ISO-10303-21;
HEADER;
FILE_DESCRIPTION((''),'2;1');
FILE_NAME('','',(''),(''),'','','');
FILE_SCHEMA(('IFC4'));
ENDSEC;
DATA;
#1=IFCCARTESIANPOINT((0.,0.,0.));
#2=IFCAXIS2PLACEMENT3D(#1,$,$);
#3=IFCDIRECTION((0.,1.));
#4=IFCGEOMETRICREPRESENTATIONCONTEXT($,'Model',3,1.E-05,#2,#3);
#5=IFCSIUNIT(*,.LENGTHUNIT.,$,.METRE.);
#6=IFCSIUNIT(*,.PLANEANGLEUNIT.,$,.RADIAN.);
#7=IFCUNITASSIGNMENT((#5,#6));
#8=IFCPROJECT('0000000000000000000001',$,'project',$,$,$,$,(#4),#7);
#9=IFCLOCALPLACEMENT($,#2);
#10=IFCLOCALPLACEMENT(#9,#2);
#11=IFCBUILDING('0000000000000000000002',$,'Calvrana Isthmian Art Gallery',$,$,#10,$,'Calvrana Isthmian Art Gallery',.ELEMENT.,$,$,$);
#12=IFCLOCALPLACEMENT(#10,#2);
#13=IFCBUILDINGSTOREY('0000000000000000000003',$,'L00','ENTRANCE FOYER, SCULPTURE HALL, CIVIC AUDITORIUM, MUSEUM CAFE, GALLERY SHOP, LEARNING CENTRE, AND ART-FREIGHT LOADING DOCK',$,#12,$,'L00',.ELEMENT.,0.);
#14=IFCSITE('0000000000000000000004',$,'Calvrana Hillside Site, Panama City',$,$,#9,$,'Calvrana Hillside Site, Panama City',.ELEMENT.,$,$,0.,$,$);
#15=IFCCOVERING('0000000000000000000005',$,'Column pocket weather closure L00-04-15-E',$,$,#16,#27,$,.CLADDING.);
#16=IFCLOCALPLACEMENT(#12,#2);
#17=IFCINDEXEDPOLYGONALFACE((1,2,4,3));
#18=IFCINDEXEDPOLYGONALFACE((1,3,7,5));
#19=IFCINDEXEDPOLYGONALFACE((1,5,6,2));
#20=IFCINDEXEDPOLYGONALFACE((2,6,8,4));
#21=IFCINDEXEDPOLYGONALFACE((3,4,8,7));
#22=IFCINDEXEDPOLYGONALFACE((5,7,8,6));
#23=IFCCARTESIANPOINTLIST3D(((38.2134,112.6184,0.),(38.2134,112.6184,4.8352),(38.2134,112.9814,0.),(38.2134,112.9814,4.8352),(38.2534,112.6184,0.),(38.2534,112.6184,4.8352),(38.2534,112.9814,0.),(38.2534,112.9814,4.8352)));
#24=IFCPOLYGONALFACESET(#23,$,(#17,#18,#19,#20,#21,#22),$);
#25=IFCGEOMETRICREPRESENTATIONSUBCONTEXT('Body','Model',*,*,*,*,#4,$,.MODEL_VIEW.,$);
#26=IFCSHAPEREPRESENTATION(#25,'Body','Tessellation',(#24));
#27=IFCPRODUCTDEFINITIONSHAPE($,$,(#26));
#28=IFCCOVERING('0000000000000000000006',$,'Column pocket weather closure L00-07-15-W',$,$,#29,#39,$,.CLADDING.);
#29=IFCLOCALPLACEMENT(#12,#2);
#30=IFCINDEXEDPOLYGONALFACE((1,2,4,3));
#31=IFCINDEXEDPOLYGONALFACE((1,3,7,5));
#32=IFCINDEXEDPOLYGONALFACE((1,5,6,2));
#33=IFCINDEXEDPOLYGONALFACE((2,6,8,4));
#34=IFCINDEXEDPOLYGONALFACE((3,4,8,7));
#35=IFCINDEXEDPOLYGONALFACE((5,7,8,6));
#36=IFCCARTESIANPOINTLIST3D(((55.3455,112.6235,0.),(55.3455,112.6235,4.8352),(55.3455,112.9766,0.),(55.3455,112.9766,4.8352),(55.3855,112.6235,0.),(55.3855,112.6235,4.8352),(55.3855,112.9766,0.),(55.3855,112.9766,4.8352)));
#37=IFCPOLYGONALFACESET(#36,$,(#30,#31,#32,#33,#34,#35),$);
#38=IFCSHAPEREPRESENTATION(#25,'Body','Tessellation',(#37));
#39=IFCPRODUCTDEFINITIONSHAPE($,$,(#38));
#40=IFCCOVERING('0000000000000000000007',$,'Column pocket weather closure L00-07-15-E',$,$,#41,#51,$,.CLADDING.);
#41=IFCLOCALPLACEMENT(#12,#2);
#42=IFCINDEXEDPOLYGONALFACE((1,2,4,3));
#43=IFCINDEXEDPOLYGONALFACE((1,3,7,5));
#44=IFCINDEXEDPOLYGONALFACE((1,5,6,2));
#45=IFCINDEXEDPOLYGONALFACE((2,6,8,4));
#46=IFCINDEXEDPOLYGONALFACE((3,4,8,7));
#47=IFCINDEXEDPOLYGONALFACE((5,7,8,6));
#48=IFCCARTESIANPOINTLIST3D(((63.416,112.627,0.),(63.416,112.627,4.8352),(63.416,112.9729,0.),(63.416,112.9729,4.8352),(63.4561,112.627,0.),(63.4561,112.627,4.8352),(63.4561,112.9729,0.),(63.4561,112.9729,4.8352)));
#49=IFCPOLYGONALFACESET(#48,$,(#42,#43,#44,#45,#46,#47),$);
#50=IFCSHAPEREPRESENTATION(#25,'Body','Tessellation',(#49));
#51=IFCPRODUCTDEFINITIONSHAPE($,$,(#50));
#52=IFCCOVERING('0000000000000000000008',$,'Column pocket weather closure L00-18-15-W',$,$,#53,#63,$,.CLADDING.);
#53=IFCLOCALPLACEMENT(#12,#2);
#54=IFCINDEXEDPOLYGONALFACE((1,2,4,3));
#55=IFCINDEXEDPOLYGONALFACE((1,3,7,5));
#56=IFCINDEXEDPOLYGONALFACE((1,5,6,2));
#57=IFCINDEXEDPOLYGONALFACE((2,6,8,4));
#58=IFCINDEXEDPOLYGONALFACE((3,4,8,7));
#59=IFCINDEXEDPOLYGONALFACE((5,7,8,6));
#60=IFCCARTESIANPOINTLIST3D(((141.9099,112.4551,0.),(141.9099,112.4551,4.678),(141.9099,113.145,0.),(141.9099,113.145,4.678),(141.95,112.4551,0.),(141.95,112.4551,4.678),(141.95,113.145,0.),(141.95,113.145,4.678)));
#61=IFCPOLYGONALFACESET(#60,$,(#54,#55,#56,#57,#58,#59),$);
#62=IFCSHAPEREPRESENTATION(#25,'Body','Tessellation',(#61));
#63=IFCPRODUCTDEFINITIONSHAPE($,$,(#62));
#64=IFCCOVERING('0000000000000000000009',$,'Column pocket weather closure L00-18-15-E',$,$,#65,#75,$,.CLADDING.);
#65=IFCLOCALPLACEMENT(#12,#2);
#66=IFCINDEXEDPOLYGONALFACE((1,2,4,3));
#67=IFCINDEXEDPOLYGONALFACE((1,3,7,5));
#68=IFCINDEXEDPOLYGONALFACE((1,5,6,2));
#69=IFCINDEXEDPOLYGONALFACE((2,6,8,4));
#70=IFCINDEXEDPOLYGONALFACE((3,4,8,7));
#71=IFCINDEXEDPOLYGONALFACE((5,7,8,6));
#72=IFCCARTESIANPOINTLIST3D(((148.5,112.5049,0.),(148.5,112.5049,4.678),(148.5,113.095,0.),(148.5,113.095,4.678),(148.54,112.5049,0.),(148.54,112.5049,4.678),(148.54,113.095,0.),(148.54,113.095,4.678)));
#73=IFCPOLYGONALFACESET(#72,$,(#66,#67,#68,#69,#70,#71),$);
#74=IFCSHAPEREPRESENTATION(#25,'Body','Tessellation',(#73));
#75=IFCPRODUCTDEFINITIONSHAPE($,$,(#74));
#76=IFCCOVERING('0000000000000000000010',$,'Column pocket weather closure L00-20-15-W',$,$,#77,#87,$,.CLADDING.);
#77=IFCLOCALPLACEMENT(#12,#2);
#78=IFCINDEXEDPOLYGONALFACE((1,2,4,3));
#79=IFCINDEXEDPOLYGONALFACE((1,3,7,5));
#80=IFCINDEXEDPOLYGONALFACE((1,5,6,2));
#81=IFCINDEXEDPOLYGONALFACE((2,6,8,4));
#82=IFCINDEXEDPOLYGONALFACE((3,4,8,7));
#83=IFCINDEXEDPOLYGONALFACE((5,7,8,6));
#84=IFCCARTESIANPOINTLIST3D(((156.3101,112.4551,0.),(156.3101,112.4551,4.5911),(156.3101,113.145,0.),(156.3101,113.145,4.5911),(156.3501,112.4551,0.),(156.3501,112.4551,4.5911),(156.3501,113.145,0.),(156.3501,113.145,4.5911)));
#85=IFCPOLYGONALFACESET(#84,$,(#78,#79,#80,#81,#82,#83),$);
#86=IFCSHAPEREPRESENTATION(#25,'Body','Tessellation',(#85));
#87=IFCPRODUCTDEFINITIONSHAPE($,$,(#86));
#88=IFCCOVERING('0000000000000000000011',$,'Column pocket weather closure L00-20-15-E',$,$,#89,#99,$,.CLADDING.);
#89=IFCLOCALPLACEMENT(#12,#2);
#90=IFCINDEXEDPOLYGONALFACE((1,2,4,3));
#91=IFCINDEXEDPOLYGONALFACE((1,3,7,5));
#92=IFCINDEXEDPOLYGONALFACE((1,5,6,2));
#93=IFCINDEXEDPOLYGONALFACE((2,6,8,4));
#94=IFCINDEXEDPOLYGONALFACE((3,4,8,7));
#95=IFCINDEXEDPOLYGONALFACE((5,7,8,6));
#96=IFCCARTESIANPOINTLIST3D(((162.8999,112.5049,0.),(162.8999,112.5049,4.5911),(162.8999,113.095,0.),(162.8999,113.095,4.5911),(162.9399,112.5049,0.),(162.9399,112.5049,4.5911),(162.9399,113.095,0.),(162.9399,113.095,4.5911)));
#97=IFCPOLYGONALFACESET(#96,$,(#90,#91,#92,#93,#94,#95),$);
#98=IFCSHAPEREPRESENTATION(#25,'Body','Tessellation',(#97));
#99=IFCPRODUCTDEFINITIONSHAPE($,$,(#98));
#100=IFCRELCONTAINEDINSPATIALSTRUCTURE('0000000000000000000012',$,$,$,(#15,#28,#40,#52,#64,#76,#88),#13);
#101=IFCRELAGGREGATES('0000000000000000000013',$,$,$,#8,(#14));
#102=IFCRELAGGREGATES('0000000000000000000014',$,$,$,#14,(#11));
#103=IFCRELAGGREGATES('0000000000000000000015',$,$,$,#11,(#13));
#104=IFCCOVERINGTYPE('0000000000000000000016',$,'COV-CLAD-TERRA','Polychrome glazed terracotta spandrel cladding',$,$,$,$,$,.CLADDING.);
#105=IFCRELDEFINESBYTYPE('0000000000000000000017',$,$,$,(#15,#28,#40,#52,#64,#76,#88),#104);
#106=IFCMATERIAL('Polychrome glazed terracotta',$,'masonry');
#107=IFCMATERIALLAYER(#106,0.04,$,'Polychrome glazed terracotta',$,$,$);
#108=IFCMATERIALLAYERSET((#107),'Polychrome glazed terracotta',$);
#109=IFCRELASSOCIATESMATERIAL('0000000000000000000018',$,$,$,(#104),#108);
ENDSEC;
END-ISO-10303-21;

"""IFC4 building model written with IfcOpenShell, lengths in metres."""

from ifc_helpers import new_model, si_unit, direction, origin, place, context, subcontext, project, spatial, polyline, outline, extrude, material, layer, layer_set, type_object, element, save


model = new_model("IFC4")

# Units and contexts
model_context = context("Model", 3, precision=1e-05, world=origin(), true_north=direction((0.0, 1.0)))
body_context = subcontext(model_context, "Body", "Model", "MODEL_VIEW")
ifc_project = project(units=[si_unit("LENGTHUNIT", "METRE"), si_unit("PLANEANGLEUNIT", "RADIAN")], contexts=[model_context])

# Site, building, storey
site_placement = place(None, origin())
site = spatial("IfcSite", under=ifc_project, at=site_placement, Name="Calvrana Hillside Site, Panama City", LongName="Calvrana Hillside Site, Panama City", CompositionType="ELEMENT", RefElevation=0.0)
building_placement = place(site_placement, origin())
building = spatial("IfcBuilding", under=site, at=building_placement, Name="Calvrana Isthmian Art Gallery", LongName="Calvrana Isthmian Art Gallery", CompositionType="ELEMENT")
storey_placement = place(building_placement, origin())
storey = spatial("IfcBuildingStorey", under=building, at=storey_placement, Name="L00", Description="ENTRANCE FOYER, SCULPTURE HALL, CIVIC AUDITORIUM, MUSEUM CAFE, GALLERY SHOP, LEARNING CENTRE, AND ART-FREIGHT LOADING DOCK", LongName="L00", CompositionType="ELEMENT", Elevation=0.0)

# Coverings
ifc_material_1 = material(Name="Polychrome glazed terracotta", Category="masonry")
ifc_layer_1 = layer(ifc_material_1, 0.04, Name="Polychrome glazed terracotta")
ifc_layer_set_1 = layer_set([ifc_layer_1], Name="Polychrome glazed terracotta")
covering_type_1 = type_object("IfcCoveringType", Name="COV-CLAD-TERRA", Description="Polychrome glazed terracotta spandrel cladding", PredefinedType="CLADDING", material=ifc_layer_set_1)
covering_1_placement = place(storey_placement, origin())
element("IfcCovering", 1, at=covering_1_placement, inside=storey, type_object=covering_type_1, Name="Column pocket weather closure L00-04-15-E", PredefinedType="CLADDING", context=body_context, shape_type="SweptSolid", body=[
    extrude(outline(polyline([(38.2134, 112.6184), (38.2534, 112.6184), (38.2534, 112.9814), (38.2134, 112.9814), (38.2134, 112.6184)])), origin(), (0.0, 0.0, 1.0), 4.8352),
])
covering_2_placement = place(storey_placement, origin())
element("IfcCovering", 2, at=covering_2_placement, inside=storey, type_object=covering_type_1, Name="Column pocket weather closure L00-07-15-W", PredefinedType="CLADDING", context=body_context, shape_type="SweptSolid", body=[
    extrude(outline(polyline([(55.3455, 112.6235), (55.3855, 112.6235), (55.3855, 112.9766), (55.3455, 112.9766), (55.3455, 112.6235)])), origin(), (0.0, 0.0, 1.0), 4.8352),
])
covering_3_placement = place(storey_placement, origin())
element("IfcCovering", 3, at=covering_3_placement, inside=storey, type_object=covering_type_1, Name="Column pocket weather closure L00-07-15-E", PredefinedType="CLADDING", context=body_context, shape_type="SweptSolid", body=[
    extrude(outline(polyline([(63.416, 112.627), (63.4561, 112.627), (63.4561, 112.9729), (63.416, 112.9729), (63.416, 112.627)])), origin(), (0.0, 0.0, 1.0), 4.8352),
])
covering_4_placement = place(storey_placement, origin())
element("IfcCovering", 4, at=covering_4_placement, inside=storey, type_object=covering_type_1, Name="Column pocket weather closure L00-18-15-W", PredefinedType="CLADDING", context=body_context, shape_type="SweptSolid", body=[
    extrude(outline(polyline([(141.9099, 112.4551), (141.95, 112.4551), (141.95, 113.145), (141.9099, 113.145), (141.9099, 112.4551)])), origin(), (0.0, 0.0, 1.0), 4.678),
])
covering_5_placement = place(storey_placement, origin())
element("IfcCovering", 5, at=covering_5_placement, inside=storey, type_object=covering_type_1, Name="Column pocket weather closure L00-18-15-E", PredefinedType="CLADDING", context=body_context, shape_type="SweptSolid", body=[
    extrude(outline(polyline([(148.5, 112.5049), (148.54, 112.5049), (148.54, 113.095), (148.5, 113.095), (148.5, 112.5049)])), origin(), (0.0, 0.0, 1.0), 4.678),
])
covering_6_placement = place(storey_placement, origin())
element("IfcCovering", 6, at=covering_6_placement, inside=storey, type_object=covering_type_1, Name="Column pocket weather closure L00-20-15-W", PredefinedType="CLADDING", context=body_context, shape_type="SweptSolid", body=[
    extrude(outline(polyline([(156.3101, 112.4551), (156.3501, 112.4551), (156.3501, 113.145), (156.3101, 113.145), (156.3101, 112.4551)])), origin(), (0.0, 0.0, 1.0), 4.5911),
])
covering_7_placement = place(storey_placement, origin())
element("IfcCovering", 7, at=covering_7_placement, inside=storey, type_object=covering_type_1, Name="Column pocket weather closure L00-20-15-E", PredefinedType="CLADDING", context=body_context, shape_type="SweptSolid", body=[
    extrude(outline(polyline([(162.8999, 112.5049), (162.9399, 112.5049), (162.9399, 113.095), (162.8999, 113.095), (162.8999, 112.5049)])), origin(), (0.0, 0.0, 1.0), 4.5911),
])

save(model, "model.ifc")
